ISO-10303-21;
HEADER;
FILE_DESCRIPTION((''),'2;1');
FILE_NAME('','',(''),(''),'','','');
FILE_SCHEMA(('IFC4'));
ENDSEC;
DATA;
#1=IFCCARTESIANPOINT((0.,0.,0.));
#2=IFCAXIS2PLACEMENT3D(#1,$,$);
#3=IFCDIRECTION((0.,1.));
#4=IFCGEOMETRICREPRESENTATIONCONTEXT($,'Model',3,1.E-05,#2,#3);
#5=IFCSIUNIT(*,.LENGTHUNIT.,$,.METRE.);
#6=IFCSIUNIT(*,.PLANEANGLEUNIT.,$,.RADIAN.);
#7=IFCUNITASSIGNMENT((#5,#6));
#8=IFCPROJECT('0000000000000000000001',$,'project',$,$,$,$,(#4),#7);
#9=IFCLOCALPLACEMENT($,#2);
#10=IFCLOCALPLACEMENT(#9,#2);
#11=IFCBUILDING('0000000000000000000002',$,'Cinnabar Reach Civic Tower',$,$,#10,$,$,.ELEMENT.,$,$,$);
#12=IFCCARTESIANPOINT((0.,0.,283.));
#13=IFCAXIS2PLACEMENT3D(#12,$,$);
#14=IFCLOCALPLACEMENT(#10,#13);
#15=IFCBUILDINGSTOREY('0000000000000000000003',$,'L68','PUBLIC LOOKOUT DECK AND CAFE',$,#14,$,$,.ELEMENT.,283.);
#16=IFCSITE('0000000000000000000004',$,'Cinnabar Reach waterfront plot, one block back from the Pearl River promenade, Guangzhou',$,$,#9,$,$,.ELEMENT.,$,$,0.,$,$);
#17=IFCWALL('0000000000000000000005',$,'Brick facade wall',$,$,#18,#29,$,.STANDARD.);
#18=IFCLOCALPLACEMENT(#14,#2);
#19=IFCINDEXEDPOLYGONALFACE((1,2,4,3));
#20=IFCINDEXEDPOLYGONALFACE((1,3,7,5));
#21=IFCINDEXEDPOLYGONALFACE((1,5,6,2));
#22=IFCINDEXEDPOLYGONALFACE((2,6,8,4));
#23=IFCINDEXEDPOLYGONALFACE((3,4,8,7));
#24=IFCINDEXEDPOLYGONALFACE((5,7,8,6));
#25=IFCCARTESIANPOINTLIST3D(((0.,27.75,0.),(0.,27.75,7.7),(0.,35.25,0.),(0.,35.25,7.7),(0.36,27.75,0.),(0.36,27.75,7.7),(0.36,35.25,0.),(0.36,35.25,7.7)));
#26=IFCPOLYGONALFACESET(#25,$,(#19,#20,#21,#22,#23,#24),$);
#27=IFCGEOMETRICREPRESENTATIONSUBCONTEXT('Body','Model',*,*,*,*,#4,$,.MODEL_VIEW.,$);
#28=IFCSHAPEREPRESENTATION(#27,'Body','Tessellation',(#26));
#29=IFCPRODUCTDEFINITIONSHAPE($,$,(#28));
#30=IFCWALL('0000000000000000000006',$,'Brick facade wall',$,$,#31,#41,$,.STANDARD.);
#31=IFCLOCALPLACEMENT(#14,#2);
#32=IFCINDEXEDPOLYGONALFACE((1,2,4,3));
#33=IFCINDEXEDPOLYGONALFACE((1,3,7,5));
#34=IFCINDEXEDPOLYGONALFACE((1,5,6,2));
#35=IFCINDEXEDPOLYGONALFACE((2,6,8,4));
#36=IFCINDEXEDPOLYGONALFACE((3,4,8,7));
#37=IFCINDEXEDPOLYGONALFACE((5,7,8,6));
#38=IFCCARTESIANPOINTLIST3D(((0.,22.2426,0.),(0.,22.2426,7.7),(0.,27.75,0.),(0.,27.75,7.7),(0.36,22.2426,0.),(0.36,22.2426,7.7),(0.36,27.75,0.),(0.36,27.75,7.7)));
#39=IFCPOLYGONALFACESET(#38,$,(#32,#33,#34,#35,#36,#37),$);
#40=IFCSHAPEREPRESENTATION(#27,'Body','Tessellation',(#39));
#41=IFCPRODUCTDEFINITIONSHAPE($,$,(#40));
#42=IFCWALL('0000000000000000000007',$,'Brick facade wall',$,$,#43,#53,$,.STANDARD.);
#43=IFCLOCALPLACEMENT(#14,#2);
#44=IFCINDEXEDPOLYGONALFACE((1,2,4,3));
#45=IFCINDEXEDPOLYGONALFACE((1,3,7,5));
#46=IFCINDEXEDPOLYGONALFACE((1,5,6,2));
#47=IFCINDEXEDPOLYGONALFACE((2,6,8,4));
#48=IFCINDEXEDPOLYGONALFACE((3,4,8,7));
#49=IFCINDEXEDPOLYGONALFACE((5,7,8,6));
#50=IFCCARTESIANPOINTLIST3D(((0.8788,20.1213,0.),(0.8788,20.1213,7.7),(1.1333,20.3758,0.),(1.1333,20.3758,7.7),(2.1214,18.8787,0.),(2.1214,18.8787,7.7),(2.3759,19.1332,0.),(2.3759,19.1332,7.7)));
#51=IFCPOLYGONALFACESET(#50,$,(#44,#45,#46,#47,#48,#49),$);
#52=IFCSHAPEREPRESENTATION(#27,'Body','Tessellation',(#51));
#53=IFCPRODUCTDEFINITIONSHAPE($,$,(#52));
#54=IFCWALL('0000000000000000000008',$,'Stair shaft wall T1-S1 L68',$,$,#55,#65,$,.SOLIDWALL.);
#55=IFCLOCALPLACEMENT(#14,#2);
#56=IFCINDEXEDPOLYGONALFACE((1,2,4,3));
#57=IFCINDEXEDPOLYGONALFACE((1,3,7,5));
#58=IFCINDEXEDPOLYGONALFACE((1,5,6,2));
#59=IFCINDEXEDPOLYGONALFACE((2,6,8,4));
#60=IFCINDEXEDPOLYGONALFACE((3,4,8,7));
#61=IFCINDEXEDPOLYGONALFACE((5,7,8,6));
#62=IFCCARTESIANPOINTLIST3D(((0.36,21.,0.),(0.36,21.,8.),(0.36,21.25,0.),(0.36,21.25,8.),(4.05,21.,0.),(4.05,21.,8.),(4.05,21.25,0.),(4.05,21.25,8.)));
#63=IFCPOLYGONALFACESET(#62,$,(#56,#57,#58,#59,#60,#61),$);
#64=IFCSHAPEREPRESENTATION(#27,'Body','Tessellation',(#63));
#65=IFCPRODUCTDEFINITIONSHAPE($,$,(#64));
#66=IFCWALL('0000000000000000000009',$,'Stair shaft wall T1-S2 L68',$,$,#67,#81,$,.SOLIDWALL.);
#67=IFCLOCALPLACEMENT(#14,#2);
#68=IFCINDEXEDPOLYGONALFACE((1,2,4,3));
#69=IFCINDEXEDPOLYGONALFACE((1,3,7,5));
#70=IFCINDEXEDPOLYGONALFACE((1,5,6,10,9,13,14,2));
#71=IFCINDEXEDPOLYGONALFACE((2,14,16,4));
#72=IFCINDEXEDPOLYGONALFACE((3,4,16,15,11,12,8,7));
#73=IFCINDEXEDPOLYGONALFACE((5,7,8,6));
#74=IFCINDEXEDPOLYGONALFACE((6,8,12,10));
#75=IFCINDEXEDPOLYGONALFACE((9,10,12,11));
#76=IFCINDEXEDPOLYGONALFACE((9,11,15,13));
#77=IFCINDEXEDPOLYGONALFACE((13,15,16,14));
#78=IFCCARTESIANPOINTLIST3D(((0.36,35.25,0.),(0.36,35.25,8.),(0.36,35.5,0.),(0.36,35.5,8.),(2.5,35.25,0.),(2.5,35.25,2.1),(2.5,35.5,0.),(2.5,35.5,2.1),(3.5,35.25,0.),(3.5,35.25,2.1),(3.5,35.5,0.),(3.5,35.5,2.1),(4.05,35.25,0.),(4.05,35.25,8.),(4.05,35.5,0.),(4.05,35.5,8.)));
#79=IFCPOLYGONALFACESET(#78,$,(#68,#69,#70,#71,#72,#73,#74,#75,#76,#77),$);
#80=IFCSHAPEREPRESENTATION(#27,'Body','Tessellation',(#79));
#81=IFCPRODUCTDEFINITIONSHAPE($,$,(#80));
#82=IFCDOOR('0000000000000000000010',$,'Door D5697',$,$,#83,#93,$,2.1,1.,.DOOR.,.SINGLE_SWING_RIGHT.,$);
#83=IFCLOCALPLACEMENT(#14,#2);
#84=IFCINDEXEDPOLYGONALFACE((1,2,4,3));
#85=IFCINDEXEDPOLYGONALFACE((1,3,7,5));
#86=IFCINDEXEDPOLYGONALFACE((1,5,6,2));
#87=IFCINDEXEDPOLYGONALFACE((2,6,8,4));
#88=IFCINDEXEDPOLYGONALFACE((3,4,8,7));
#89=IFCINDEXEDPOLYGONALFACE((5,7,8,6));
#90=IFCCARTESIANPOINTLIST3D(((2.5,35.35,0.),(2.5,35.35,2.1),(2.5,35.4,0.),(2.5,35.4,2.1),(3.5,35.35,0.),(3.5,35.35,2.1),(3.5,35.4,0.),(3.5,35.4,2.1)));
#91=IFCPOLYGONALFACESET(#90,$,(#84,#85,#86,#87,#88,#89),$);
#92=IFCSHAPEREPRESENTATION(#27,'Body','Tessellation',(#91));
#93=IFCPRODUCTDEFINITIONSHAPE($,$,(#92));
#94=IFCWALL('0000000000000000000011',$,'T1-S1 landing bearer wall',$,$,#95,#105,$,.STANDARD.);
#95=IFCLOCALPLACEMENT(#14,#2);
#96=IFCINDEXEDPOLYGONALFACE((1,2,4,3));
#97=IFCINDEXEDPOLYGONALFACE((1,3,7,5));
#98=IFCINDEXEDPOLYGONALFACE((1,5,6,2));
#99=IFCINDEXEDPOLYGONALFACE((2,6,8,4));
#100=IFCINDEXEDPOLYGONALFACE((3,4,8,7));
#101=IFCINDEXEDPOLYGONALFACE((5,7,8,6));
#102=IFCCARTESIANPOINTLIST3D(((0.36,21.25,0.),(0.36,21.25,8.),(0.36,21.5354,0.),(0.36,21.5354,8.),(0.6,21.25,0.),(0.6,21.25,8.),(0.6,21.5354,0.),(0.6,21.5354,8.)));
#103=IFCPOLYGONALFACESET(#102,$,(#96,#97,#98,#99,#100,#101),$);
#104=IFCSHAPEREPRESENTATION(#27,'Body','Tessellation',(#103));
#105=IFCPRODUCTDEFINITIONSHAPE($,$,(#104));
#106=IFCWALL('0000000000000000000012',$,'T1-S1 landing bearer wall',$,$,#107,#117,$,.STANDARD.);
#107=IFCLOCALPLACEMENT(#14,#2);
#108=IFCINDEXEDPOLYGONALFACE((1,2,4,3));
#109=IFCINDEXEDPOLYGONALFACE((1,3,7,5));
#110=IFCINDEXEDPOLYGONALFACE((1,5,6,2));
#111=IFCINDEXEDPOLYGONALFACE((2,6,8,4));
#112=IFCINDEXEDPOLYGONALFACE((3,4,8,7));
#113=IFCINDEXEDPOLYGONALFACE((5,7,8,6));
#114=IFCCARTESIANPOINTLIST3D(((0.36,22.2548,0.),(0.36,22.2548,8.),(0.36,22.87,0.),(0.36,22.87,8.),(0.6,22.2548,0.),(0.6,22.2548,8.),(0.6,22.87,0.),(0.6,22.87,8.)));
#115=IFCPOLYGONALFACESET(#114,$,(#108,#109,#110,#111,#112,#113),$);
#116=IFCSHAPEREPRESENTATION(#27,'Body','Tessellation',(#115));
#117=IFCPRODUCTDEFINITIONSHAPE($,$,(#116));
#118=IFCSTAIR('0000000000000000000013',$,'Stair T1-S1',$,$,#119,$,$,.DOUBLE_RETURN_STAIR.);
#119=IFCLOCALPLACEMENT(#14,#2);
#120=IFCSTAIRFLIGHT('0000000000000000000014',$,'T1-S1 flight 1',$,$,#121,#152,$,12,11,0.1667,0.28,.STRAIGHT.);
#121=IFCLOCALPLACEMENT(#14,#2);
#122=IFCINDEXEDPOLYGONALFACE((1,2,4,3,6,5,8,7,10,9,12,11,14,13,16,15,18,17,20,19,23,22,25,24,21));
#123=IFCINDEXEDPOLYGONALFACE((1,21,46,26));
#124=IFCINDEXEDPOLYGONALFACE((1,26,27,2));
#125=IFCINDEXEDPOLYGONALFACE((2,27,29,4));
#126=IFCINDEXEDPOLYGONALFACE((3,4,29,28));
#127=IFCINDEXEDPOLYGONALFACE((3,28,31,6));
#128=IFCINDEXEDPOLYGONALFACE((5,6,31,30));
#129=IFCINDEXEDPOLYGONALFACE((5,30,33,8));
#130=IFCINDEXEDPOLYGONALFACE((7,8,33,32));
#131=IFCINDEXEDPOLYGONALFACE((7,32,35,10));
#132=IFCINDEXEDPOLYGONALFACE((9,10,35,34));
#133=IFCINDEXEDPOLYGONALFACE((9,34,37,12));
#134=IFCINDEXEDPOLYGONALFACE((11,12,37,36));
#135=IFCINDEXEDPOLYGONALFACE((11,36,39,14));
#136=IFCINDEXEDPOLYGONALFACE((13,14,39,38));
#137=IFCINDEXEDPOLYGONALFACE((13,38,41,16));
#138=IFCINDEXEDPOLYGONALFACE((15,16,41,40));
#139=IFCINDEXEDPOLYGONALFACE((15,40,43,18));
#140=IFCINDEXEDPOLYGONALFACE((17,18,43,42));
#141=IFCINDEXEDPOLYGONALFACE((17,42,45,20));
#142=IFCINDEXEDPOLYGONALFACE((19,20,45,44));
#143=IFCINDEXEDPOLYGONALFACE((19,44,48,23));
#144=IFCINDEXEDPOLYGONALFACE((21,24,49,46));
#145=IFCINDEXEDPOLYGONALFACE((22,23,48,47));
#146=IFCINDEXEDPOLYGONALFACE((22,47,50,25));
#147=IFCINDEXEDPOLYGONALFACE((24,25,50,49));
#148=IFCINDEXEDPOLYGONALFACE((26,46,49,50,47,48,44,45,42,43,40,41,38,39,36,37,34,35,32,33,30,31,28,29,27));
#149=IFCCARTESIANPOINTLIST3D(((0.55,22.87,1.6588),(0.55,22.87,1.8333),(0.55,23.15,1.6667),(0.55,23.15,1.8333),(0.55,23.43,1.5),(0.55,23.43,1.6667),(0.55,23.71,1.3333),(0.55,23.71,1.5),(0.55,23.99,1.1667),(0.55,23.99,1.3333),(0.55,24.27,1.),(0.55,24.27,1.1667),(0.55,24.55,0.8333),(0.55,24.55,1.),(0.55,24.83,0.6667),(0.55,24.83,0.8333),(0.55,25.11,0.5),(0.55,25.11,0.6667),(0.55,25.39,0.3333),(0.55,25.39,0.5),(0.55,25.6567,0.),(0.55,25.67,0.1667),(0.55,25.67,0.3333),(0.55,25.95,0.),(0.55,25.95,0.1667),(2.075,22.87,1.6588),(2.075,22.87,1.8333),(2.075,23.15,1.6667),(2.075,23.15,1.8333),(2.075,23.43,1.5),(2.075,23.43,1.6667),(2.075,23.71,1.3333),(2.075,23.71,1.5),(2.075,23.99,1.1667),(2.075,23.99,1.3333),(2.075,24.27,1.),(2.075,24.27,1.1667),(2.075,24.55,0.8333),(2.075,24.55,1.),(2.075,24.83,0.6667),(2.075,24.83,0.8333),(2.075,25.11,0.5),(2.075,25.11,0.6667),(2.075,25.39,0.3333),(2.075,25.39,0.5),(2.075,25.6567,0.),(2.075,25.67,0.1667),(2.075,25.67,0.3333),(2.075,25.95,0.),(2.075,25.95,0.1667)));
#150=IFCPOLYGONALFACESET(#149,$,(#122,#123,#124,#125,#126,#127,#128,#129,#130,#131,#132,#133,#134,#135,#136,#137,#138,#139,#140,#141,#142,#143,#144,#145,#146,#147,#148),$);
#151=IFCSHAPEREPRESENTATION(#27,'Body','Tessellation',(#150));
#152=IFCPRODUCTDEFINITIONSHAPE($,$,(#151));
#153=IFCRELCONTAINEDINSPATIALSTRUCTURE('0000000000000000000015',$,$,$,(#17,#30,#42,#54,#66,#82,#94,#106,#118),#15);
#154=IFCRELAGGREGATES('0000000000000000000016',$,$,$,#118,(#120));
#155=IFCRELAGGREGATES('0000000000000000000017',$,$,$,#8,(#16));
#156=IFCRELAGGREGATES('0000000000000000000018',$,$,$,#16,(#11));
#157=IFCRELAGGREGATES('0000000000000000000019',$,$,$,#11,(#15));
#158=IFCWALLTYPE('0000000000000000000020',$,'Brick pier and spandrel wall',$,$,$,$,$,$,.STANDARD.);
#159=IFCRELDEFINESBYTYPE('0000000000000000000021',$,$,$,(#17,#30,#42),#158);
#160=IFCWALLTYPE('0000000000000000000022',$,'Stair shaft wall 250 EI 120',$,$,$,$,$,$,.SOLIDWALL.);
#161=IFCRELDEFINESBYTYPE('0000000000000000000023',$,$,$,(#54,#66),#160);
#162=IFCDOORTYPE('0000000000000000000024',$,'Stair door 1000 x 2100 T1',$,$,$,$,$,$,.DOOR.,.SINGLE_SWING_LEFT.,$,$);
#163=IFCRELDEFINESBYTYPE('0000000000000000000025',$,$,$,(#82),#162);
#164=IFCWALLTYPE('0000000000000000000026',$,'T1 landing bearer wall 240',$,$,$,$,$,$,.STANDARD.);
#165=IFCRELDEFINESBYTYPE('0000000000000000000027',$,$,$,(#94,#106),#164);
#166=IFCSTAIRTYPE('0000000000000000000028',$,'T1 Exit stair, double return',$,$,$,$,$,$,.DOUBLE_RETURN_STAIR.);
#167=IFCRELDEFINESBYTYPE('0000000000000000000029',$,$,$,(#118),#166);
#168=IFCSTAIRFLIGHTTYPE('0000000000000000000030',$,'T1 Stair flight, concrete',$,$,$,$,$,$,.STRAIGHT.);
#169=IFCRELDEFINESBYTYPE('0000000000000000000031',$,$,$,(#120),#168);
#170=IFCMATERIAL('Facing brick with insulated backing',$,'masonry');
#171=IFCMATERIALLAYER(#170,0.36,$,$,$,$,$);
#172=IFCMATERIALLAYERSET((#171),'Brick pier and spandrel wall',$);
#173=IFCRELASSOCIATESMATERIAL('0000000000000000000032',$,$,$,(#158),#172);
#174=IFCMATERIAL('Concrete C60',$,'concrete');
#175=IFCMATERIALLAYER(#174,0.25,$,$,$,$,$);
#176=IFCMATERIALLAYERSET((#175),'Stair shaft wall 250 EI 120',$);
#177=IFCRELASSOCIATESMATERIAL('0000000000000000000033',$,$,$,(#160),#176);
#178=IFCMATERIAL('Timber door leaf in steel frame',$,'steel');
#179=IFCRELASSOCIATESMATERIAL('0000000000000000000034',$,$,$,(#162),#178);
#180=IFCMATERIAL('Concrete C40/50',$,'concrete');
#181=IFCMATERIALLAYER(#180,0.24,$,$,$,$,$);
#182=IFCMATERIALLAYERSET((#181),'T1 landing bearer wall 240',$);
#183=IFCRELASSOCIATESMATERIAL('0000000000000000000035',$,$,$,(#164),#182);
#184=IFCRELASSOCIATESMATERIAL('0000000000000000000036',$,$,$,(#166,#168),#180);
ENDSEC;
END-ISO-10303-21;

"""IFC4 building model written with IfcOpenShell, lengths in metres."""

from ifc_helpers import new_model, si_unit, direction, frame, frame_2d, origin, place, context, subcontext, project, spatial, polyline, rectangle, outline, extrude, material, layer, layer_set, type_object, element, fill, aggregate, save


model = new_model("IFC4")

# Units and contexts
model_context = context("Model", 3, precision=1e-05, world=origin(), true_north=direction((0.0, 1.0)))
body_context = subcontext(model_context, "Body", "Model", "MODEL_VIEW")
ifc_project = project(units=[si_unit("LENGTHUNIT", "METRE"), si_unit("PLANEANGLEUNIT", "RADIAN")], contexts=[model_context])

# Site, building, storey
site_placement = place(None, origin())
site = spatial("IfcSite", under=ifc_project, at=site_placement, Name="Cinnabar Reach waterfront plot, one block back from the Pearl River promenade, Guangzhou", CompositionType="ELEMENT", RefElevation=0.0)
building_placement = place(site_placement, origin())
building = spatial("IfcBuilding", under=site, at=building_placement, Name="Cinnabar Reach Civic Tower", CompositionType="ELEMENT")
storey_placement = place(building_placement, frame((0.0, 0.0, 283.0)))
storey = spatial("IfcBuildingStorey", under=building, at=storey_placement, Name="L68", Description="PUBLIC LOOKOUT DECK AND CAFE", CompositionType="ELEMENT", Elevation=283.0)

# Shared definitions
ifc_material_1 = material(Name="Concrete C60", Category="concrete")

# Walls
ifc_material_2 = material(Name="Facing brick with insulated backing", Category="masonry")
ifc_layer_1 = layer(ifc_material_2, 0.36)
ifc_layer_set_1 = layer_set([ifc_layer_1], Name="Brick pier and spandrel wall")
wall_type_1 = type_object("IfcWallType", Name="Brick pier and spandrel wall", PredefinedType="STANDARD", material=ifc_layer_set_1)
wall_1_placement = place(storey_placement, frame((0.18, 35.25, 0.0), z_axis=(0.0, 0.0, 1.0), x_axis=(0.0, -1.0, 0.0)))
element("IfcWall", 1, at=wall_1_placement, inside=storey, type_object=wall_type_1, Name="Brick facade wall", PredefinedType="STANDARD", context=body_context, shape_type="SweptSolid", body=[
    extrude(rectangle(XDim=7.5, YDim=0.36, at=frame_2d((3.75, 0.0))), origin(), (0.0, 0.0, 1.0), 7.7),
])
wall_2_placement = place(storey_placement, frame((0.18, 27.75, 0.0), z_axis=(0.0, 0.0, 1.0), x_axis=(0.0, -1.0, 0.0)))
element("IfcWall", 2, at=wall_2_placement, inside=storey, type_object=wall_type_1, Name="Brick facade wall", PredefinedType="STANDARD", context=body_context, shape_type="SweptSolid", body=[
    extrude(rectangle(XDim=5.5074, YDim=0.36, at=frame_2d((2.7537, 0.0))), origin(), (0.0, 0.0, 1.0), 7.7),
])
wall_3_placement = place(storey_placement, frame((1.006, 20.2486, 0.0), z_axis=(0.0, 0.0, 1.0), x_axis=(0.707107, -0.707107, 0.0)))
element("IfcWall", 3, at=wall_3_placement, inside=storey, type_object=wall_type_1, Name="Brick facade wall", PredefinedType="STANDARD", context=body_context, shape_type="SweptSolid", body=[
    extrude(rectangle(XDim=1.7573, YDim=0.36, at=frame_2d((0.8787, 0.0))), origin(), (0.0, 0.0, 1.0), 7.7),
])
ifc_layer_2 = layer(ifc_material_1, 0.25)
ifc_layer_set_2 = layer_set([ifc_layer_2], Name="Stair shaft wall 250 EI 120")
wall_type_2 = type_object("IfcWallType", Name="Stair shaft wall 250 EI 120", PredefinedType="SOLIDWALL", material=ifc_layer_set_2)
wall_4_placement = place(storey_placement, frame((0.36, 21.125, 0.0), z_axis=(0.0, 0.0, 1.0), x_axis=(1.0, 0.0, 0.0)))
element("IfcWall", 4, at=wall_4_placement, inside=storey, type_object=wall_type_2, Name="Stair shaft wall T1-S1 L68", PredefinedType="SOLIDWALL", context=body_context, shape_type="SweptSolid", body=[
    extrude(rectangle(XDim=3.69, YDim=0.25, at=frame_2d((1.845, 0.0))), origin(), (0.0, 0.0, 1.0), 8.0),
])

# Wall, opening, door
wall_5_placement = place(storey_placement, frame((0.36, 35.375, 0.0), z_axis=(0.0, 0.0, 1.0), x_axis=(1.0, 0.0, 0.0)))
wall_5 = element("IfcWall", 5, at=wall_5_placement, inside=storey, type_object=wall_type_2, Name="Stair shaft wall T1-S2 L68", PredefinedType="SOLIDWALL", context=body_context, shape_type="SweptSolid", body=[
    extrude(rectangle(XDim=3.69, YDim=0.25, at=frame_2d((1.845, 0.0))), origin(), (0.0, 0.0, 1.0), 8.0),
])
opening_placement = place(wall_5_placement, frame((2.14, 0.0, 0.0)))
opening = element("IfcOpeningElement", 6, at=opening_placement, cuts=wall_5, PredefinedType="OPENING", context=body_context, shape_type="SweptSolid", body=[
    extrude(rectangle(XDim=1.0, YDim=2.1, at=frame_2d((0.5, 1.05))), frame((0.0, 0.135, 0.0), z_axis=(0.0, -1.0, 0.0), x_axis=(1.0, 0.0, 0.0)), (0.0, 0.0, 1.0), 0.27),
])
ifc_material_3 = material(Name="Timber door leaf in steel frame", Category="steel")
door_type = type_object("IfcDoorType", Name="Stair door 1000 x 2100 T1", OperationType="SINGLE_SWING_LEFT", PredefinedType="DOOR", material=ifc_material_3)
door_placement = place(opening_placement, origin())
door = element("IfcDoor", 7, at=door_placement, inside=storey, type_object=door_type, Name="Door D5697", OperationType="SINGLE_SWING_RIGHT", OverallHeight=2.1, OverallWidth=1.0, PredefinedType="DOOR", context=body_context, shape_type="SweptSolid", body=[
    extrude(rectangle(XDim=1.0, YDim=2.1, at=frame_2d((0.5, 1.05))), frame((0.0, 0.025, 0.0), z_axis=(0.0, -1.0, 0.0), x_axis=(1.0, 0.0, 0.0)), (0.0, 0.0, 1.0), 0.05),
])
fill(opening, door)

# Walls
ifc_material_4 = material(Name="Concrete C40/50", Category="concrete")
ifc_layer_3 = layer(ifc_material_4, 0.24)
ifc_layer_set_3 = layer_set([ifc_layer_3], Name="T1 landing bearer wall 240")
wall_type_3 = type_object("IfcWallType", Name="T1 landing bearer wall 240", PredefinedType="STANDARD", material=ifc_layer_set_3)
wall_6_placement = place(storey_placement, frame((0.48, 21.25, 0.0), z_axis=(0.0, 0.0, 1.0), x_axis=(0.0, 1.0, 0.0)))
element("IfcWall", 8, at=wall_6_placement, inside=storey, type_object=wall_type_3, Name="T1-S1 landing bearer wall", PredefinedType="STANDARD", context=body_context, shape_type="SweptSolid", body=[
    extrude(rectangle(XDim=0.2854, YDim=0.24, at=frame_2d((0.1427, 0.0))), origin(), (0.0, 0.0, 1.0), 8.0),
])
wall_7_placement = place(storey_placement, frame((0.48, 22.2549, 0.0), z_axis=(0.0, 0.0, 1.0), x_axis=(0.0, 1.0, 0.0)))
element("IfcWall", 9, at=wall_7_placement, inside=storey, type_object=wall_type_3, Name="T1-S1 landing bearer wall", PredefinedType="STANDARD", context=body_context, shape_type="SweptSolid", body=[
    extrude(rectangle(XDim=0.6151, YDim=0.24, at=frame_2d((0.3075, 0.0))), origin(), (0.0, 0.0, 1.0), 8.0),
])

# Stair, stair flight
stair_type = type_object("IfcStairType", Name="T1 Exit stair, double return", PredefinedType="DOUBLE_RETURN_STAIR", material=ifc_material_4)
stair_placement = place(storey_placement, origin())
stair = element("IfcStair", 10, at=stair_placement, inside=storey, type_object=stair_type, Name="Stair T1-S1", PredefinedType="DOUBLE_RETURN_STAIR")
stair_flight_type = type_object("IfcStairFlightType", Name="T1 Stair flight, concrete", PredefinedType="STRAIGHT", material=ifc_material_4)
stair_flight_1_placement = place(storey_placement, frame((1.3125, 25.95, 0.0), z_axis=(0.0, 0.0, 1.0), x_axis=(0.0, -1.0, 0.0)))
stair_flight_1 = element("IfcStairFlight", 11, at=stair_flight_1_placement, type_object=stair_flight_type, Name="T1-S1 flight 1", NumberOfRisers=12, NumberOfTreads=11, PredefinedType="STRAIGHT", RiserHeight=0.1667, TreadLength=0.28, context=body_context, shape_type="SweptSolid", body=[
    extrude(outline(polyline([(0.0, 0.0), (0.0, 0.1667), (0.28, 0.1667), (0.28, 0.3333), (0.56, 0.3333), (0.56, 0.5), (0.84, 0.5), (0.84, 0.6667), (1.12, 0.6667), (1.12, 0.8333), (1.4, 0.8333), (1.4, 1.0), (1.68, 1.0), (1.68, 1.1667), (1.96, 1.1667), (1.96, 1.3333), (2.24, 1.3333), (2.24, 1.5), (2.52, 1.5), (2.52, 1.6667), (2.8, 1.6667), (2.8, 1.8333), (3.08, 1.8333), (3.08, 2.0), (3.08, 1.6588), (0.2933, 0.0), (0.0, 0.0)])), frame((0.0, 0.7625, 0.0), z_axis=(0.0, -1.0, 0.0), x_axis=(1.0, 0.0, 0.0)), (0.0, 0.0, 1.0), 1.525),
])
aggregate(stair, [stair_flight_1])

save(model, "model.ifc")
